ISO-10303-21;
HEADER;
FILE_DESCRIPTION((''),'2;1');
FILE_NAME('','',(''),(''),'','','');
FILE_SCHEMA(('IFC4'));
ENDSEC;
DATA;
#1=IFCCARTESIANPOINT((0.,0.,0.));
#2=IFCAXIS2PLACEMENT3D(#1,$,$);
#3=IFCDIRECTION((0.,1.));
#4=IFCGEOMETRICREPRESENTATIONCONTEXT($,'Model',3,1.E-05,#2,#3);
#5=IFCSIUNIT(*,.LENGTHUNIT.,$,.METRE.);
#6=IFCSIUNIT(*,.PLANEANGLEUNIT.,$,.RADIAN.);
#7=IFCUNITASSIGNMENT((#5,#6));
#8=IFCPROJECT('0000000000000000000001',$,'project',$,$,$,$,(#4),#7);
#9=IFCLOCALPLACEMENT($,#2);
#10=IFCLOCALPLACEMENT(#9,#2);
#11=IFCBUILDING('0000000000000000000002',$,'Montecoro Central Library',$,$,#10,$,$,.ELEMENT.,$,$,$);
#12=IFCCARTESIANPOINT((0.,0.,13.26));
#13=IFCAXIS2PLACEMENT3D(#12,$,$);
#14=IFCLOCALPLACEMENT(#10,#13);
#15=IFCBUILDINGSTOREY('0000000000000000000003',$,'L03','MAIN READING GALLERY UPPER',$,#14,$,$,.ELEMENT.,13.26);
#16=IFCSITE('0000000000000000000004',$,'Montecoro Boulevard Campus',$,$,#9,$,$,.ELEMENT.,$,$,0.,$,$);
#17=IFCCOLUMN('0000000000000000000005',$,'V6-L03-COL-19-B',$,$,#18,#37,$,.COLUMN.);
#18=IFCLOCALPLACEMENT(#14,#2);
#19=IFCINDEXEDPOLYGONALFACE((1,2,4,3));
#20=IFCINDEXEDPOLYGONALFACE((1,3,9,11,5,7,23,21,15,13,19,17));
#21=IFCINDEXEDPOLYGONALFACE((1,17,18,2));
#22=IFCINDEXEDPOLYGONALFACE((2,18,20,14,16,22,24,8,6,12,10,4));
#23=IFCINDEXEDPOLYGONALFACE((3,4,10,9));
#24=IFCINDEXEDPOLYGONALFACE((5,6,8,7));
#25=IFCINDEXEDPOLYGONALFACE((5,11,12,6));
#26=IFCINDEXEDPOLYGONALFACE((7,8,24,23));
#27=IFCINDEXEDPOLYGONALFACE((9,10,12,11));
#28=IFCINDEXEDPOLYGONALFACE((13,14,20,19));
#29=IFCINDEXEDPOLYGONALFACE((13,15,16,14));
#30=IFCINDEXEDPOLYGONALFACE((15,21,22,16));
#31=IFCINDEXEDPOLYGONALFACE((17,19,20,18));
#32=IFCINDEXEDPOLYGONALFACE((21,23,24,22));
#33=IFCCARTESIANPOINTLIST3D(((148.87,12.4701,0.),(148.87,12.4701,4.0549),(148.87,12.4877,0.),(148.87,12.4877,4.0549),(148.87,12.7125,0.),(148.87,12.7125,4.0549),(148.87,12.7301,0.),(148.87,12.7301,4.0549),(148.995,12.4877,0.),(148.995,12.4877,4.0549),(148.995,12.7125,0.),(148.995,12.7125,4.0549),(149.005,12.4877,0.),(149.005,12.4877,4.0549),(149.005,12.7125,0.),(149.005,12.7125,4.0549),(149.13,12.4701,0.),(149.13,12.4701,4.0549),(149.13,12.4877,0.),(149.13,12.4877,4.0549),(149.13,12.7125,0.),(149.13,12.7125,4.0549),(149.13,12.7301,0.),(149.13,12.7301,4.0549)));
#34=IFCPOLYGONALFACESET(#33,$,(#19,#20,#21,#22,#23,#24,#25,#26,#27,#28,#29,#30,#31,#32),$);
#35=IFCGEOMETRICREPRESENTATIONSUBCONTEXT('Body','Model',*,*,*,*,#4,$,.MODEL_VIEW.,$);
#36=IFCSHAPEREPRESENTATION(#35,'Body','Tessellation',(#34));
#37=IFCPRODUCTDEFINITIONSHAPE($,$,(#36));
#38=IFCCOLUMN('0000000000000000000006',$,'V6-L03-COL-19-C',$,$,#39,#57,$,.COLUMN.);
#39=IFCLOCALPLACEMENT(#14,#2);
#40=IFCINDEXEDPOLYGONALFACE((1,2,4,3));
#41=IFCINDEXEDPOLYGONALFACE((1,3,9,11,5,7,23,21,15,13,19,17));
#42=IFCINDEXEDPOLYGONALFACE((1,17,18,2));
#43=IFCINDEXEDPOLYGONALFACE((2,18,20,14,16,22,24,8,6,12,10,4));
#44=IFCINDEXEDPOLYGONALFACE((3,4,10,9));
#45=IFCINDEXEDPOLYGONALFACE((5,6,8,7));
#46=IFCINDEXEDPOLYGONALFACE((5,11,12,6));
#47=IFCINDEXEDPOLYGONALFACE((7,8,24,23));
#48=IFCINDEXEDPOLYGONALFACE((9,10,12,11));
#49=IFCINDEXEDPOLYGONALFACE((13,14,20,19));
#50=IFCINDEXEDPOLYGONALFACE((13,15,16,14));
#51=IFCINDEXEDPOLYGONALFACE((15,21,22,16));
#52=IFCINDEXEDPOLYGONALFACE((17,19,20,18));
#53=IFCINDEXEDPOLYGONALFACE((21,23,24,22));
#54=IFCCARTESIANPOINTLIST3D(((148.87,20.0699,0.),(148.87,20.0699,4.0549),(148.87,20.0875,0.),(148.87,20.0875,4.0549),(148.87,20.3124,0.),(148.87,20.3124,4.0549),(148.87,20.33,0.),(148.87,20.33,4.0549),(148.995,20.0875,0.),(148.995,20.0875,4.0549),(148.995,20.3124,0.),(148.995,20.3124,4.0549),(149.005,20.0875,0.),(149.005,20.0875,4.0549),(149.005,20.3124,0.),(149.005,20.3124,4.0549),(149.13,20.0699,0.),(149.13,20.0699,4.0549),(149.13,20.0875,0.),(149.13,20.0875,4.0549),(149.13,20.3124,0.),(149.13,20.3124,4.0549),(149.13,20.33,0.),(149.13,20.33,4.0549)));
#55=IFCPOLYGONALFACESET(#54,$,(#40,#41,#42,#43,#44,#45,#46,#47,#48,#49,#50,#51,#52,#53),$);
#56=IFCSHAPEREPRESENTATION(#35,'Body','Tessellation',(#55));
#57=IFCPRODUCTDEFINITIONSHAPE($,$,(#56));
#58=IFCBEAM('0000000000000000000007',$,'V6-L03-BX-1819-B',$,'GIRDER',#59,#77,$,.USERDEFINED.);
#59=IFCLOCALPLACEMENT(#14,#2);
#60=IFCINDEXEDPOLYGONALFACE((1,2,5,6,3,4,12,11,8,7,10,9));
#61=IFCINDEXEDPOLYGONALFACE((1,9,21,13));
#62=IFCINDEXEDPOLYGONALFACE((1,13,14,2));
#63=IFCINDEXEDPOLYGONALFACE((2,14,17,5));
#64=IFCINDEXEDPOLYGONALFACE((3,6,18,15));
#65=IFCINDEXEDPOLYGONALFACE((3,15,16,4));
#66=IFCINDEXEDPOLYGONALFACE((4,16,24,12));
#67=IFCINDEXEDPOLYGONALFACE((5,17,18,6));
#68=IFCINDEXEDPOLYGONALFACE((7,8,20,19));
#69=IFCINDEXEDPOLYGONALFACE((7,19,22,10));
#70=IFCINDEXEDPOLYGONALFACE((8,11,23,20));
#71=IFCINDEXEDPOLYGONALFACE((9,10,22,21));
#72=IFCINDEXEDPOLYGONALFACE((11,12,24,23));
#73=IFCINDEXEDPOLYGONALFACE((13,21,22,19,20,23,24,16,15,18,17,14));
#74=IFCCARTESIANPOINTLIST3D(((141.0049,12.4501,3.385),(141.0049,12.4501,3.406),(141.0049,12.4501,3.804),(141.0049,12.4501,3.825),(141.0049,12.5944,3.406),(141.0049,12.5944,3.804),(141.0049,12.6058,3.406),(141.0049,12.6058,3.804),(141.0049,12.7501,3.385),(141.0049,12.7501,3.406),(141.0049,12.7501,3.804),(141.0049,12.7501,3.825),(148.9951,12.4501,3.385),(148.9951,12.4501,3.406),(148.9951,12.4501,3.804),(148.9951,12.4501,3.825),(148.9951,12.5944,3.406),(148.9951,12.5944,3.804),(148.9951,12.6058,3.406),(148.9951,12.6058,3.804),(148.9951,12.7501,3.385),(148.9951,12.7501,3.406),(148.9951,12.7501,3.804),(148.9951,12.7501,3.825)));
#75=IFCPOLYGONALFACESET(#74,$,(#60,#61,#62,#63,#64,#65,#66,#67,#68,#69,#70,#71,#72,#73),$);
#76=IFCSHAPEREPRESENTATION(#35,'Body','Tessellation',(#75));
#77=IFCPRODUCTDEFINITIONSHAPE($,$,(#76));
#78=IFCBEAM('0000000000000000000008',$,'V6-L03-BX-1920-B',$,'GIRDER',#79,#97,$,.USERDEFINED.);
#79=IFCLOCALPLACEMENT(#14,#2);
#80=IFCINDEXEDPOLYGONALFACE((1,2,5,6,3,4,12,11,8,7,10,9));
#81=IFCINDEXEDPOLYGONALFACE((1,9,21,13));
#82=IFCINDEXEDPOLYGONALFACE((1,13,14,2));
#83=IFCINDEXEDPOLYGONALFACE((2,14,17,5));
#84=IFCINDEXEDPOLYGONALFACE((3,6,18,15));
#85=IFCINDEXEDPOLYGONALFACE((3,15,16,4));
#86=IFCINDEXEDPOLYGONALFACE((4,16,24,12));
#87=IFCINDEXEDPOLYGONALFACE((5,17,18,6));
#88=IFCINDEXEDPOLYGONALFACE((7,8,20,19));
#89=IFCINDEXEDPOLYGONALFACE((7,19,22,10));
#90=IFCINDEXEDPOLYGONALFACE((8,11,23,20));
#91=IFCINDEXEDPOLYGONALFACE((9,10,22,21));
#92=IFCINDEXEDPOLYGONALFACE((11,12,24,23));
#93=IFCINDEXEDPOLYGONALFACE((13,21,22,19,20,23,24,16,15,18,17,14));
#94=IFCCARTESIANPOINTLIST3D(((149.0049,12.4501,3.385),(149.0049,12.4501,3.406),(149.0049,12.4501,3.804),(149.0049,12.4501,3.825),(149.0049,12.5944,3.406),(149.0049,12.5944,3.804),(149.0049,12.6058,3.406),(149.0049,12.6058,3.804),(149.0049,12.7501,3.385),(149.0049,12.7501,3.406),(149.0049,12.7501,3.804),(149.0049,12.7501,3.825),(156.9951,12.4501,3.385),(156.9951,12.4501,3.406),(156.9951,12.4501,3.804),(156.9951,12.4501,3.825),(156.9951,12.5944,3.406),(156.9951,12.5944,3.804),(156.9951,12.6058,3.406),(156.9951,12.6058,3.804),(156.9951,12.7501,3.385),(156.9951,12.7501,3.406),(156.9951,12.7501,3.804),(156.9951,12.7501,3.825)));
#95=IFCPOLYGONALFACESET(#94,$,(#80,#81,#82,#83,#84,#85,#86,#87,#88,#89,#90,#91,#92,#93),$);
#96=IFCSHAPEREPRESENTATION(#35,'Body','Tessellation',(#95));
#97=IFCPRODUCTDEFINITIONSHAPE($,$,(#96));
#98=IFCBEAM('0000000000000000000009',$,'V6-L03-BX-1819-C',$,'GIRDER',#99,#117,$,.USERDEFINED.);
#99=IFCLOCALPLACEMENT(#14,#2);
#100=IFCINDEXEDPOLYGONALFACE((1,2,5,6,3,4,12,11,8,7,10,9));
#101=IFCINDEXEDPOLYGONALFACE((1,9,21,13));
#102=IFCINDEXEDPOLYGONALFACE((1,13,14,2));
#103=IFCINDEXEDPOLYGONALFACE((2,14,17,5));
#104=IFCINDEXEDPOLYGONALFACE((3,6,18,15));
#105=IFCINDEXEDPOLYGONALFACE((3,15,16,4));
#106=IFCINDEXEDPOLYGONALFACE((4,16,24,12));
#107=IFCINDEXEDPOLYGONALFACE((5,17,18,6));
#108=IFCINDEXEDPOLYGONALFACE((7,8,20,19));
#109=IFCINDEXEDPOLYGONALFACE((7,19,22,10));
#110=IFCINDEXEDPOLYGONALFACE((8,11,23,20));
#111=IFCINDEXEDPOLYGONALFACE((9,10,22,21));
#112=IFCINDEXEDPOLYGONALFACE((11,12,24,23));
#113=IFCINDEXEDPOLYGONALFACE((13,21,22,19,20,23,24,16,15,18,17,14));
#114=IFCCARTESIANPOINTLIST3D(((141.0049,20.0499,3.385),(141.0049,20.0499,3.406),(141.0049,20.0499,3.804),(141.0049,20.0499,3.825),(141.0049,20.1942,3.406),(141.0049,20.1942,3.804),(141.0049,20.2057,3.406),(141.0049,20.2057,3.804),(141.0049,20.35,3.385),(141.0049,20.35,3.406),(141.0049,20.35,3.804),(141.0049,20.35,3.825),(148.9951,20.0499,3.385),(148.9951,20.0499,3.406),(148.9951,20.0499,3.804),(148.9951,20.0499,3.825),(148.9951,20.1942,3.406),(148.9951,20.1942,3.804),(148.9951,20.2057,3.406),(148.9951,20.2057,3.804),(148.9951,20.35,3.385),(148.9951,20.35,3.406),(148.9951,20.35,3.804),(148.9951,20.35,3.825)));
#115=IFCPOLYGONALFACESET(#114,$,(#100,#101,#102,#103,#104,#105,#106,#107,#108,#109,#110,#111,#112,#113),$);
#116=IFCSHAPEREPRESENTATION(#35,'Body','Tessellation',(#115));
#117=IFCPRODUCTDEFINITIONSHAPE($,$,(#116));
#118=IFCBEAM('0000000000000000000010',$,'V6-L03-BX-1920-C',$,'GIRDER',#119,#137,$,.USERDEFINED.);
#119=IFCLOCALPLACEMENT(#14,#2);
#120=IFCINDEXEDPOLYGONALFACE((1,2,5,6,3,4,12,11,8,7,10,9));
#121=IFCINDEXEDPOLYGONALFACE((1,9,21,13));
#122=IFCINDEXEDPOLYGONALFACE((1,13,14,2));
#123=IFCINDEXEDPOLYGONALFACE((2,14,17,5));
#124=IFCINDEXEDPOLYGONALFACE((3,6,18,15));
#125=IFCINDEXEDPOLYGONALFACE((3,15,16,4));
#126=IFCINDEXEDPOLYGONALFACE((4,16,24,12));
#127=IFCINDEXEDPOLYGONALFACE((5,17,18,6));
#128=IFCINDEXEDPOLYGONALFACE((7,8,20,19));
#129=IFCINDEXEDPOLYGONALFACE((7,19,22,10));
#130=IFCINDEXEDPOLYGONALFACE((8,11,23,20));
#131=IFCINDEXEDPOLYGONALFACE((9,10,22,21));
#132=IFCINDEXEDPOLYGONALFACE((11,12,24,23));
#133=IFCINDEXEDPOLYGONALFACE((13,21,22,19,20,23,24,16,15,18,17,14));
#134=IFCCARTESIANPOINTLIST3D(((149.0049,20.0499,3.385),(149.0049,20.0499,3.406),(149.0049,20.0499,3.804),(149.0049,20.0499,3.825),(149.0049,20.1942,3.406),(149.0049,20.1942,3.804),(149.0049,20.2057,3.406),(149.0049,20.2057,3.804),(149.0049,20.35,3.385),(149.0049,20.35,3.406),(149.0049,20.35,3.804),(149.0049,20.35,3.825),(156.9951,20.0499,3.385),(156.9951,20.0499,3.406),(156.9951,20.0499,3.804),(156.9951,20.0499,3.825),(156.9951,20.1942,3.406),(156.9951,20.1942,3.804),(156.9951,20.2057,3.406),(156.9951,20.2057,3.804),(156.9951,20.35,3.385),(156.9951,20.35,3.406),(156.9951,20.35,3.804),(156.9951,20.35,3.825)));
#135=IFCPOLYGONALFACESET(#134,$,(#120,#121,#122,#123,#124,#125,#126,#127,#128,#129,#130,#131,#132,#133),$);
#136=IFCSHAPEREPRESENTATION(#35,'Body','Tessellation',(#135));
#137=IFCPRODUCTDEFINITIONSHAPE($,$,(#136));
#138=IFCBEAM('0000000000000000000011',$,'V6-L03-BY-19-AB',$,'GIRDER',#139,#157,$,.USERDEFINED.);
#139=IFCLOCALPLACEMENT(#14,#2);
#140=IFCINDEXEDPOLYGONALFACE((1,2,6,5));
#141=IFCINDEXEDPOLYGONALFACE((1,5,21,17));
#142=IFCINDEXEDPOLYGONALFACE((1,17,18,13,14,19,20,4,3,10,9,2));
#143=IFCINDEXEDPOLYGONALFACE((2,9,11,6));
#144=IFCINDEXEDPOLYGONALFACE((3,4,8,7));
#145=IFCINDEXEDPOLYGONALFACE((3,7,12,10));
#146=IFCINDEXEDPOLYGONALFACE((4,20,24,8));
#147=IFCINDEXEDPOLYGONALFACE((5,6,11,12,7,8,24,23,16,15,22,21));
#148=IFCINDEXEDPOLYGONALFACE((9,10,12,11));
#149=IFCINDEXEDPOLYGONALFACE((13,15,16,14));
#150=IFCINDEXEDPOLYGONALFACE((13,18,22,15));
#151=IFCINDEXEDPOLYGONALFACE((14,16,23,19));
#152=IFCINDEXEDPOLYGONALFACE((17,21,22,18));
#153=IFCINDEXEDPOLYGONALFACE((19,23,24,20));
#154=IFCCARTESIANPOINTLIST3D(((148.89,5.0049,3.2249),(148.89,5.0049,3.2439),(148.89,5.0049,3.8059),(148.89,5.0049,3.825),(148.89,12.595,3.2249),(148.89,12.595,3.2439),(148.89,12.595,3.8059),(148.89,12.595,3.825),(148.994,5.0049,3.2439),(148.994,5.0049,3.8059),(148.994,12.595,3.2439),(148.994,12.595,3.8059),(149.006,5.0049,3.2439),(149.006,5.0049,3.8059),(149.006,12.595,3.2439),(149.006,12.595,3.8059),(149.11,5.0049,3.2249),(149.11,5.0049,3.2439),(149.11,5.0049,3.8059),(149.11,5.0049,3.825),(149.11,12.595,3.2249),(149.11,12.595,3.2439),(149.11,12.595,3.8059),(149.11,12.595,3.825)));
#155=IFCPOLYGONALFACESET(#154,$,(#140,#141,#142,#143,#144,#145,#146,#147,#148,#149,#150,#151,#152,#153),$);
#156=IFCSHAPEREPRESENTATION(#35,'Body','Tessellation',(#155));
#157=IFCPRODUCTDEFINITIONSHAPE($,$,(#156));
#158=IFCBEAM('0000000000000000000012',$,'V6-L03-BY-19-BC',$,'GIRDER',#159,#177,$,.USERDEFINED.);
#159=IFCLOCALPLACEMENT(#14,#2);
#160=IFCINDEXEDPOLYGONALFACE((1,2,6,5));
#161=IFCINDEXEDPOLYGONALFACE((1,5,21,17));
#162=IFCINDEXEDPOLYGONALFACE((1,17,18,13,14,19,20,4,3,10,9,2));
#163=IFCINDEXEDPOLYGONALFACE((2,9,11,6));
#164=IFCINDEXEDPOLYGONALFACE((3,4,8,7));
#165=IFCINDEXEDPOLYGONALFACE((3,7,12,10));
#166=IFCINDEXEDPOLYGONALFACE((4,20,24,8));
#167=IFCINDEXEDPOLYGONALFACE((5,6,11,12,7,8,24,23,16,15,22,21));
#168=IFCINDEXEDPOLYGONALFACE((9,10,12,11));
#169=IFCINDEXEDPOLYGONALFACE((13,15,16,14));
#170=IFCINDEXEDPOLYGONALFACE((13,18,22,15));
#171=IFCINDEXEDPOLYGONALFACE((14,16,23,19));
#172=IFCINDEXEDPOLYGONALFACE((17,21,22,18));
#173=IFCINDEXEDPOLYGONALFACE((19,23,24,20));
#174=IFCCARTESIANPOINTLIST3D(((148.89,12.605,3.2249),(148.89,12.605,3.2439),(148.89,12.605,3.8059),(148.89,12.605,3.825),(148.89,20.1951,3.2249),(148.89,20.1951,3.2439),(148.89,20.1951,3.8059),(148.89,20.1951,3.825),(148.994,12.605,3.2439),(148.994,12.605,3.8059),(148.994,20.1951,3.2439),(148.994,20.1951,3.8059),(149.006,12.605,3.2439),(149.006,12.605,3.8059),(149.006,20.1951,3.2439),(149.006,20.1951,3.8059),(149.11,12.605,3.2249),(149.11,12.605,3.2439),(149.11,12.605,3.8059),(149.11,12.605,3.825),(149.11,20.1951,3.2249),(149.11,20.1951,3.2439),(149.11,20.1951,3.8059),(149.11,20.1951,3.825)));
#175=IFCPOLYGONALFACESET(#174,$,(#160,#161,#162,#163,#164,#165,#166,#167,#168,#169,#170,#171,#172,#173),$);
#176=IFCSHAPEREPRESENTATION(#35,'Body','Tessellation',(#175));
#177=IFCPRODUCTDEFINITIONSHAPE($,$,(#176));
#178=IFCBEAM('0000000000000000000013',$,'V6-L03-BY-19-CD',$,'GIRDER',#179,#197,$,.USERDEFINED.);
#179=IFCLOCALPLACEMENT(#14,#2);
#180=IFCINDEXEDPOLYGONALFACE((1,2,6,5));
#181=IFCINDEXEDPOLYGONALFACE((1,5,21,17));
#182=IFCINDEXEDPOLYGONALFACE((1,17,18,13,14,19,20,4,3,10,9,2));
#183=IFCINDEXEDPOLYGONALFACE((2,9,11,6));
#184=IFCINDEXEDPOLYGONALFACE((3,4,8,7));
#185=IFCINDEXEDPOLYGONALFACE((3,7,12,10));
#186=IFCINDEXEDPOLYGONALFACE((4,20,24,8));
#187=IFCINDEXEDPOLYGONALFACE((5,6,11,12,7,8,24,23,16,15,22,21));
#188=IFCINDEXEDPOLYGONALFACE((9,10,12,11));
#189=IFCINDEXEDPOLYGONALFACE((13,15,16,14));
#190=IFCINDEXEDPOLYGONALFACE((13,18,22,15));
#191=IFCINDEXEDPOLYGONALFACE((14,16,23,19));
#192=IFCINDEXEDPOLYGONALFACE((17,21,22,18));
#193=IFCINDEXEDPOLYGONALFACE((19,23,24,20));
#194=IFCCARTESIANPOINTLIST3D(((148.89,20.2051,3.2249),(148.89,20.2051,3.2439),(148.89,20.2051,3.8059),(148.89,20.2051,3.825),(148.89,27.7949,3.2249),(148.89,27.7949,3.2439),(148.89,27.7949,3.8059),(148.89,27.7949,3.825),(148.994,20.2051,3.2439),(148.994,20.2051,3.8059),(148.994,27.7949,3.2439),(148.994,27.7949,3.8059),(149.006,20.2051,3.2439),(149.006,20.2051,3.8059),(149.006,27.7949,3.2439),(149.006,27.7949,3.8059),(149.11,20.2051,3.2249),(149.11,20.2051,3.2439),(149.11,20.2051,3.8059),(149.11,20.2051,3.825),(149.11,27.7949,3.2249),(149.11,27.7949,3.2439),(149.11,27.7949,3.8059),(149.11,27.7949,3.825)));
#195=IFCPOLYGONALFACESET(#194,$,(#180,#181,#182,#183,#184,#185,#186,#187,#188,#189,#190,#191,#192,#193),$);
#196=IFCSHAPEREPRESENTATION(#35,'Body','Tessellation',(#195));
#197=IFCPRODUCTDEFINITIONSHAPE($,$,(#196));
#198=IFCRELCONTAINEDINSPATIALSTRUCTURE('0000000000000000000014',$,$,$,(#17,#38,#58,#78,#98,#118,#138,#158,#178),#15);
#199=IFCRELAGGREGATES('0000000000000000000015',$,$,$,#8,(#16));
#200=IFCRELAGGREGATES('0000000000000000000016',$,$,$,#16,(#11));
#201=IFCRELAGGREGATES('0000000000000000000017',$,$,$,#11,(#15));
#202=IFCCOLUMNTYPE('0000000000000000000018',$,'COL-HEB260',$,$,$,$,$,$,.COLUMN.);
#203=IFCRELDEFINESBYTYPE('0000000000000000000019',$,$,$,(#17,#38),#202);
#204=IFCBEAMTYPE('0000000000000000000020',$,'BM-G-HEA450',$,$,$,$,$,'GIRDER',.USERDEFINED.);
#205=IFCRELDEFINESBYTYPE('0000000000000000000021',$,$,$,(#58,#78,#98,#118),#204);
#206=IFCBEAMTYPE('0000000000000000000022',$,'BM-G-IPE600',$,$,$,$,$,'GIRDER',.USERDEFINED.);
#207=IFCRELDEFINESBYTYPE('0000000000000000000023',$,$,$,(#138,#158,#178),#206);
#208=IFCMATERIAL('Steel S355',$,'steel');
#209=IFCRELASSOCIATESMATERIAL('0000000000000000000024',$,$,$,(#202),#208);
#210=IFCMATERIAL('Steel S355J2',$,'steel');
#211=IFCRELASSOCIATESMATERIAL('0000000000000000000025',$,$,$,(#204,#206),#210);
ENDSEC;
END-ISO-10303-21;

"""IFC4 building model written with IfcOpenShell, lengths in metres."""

from ifc_helpers import new_model, si_unit, direction, frame, origin, origin_2d, place, context, subcontext, project, spatial, i_section, extrude, material, material_profile, profile_set, type_object, element, save


model = new_model("IFC4")

# Units and contexts
model_context = context("Model", 3, precision=1e-05, world=origin(), true_north=direction((0.0, 1.0)))
body_context = subcontext(model_context, "Body", "Model", "MODEL_VIEW")
ifc_project = project(units=[si_unit("LENGTHUNIT", "METRE"), si_unit("PLANEANGLEUNIT", "RADIAN")], contexts=[model_context])

# Site, building, storey
site_placement = place(None, origin())
site = spatial("IfcSite", under=ifc_project, at=site_placement, Name="Montecoro Boulevard Campus", CompositionType="ELEMENT", RefElevation=0.0)
building_placement = place(site_placement, origin())
building = spatial("IfcBuilding", under=site, at=building_placement, Name="Montecoro Central Library", CompositionType="ELEMENT")
storey_placement = place(building_placement, frame((0.0, 0.0, 13.26)))
storey = spatial("IfcBuildingStorey", under=building, at=storey_placement, Name="L03", Description="MAIN READING GALLERY UPPER", CompositionType="ELEMENT", Elevation=13.26)

# Columns
ifc_material_1 = material(Name="Steel S355", Category="steel")
ifc_material_profile_1 = material_profile(ifc_material_1, i_section(OverallWidth=0.26, OverallDepth=0.26, WebThickness=0.01, FlangeThickness=0.0176, at=origin_2d()), Name="HEB 260")
ifc_profile_set_1 = profile_set([ifc_material_profile_1], Name="Steel S355")
column_type = type_object("IfcColumnType", Name="COL-HEB260", PredefinedType="COLUMN", material=ifc_profile_set_1)
for number, where, z_axis, x_axis, name in (
    (1, (149.0, 12.6001, 0.0), (0.0, 0.0, 1.0), (1.0, 0.0, 0.0), "V6-L03-COL-19-B"),
    (2, (149.0, 20.2, 0.0), (0.0, 0.0, 1.0), (1.0, 0.0, 0.0), "V6-L03-COL-19-C"),
):
    element("IfcColumn", number, at=place(storey_placement, frame(where, z_axis=z_axis, x_axis=x_axis)), inside=storey, type_object=column_type, Name=name, PredefinedType="COLUMN", context=body_context, shape_type="SweptSolid", body=[
        extrude(i_section(OverallWidth=0.26, OverallDepth=0.26, WebThickness=0.01, FlangeThickness=0.0176, at=origin_2d()), origin(), (0.0, 0.0, 1.0), 4.0549),
    ])

# Beams
ifc_material_2 = material(Name="Steel S355J2", Category="steel")
ifc_material_profile_2 = material_profile(ifc_material_2, i_section(OverallWidth=0.3, OverallDepth=0.4399, WebThickness=0.0115, FlangeThickness=0.021, at=origin_2d()), Name="HEA 450")
ifc_profile_set_2 = profile_set([ifc_material_profile_2], Name="Steel S355J2")
beam_type_1 = type_object("IfcBeamType", Name="BM-G-HEA450", ElementType="GIRDER", PredefinedType="USERDEFINED", material=ifc_profile_set_2)
for number, where, z_axis, x_axis, name in (
    (3, (141.0049, 12.6001, 3.605), (1.0, 0.0, 0.0), (0.0, 1.0, 0.0), "V6-L03-BX-1819-B"),
    (4, (149.0049, 12.6001, 3.605), (1.0, 0.0, 0.0), (0.0, 1.0, 0.0), "V6-L03-BX-1920-B"),
    (5, (141.0049, 20.2, 3.605), (1.0, 0.0, 0.0), (0.0, 1.0, 0.0), "V6-L03-BX-1819-C"),
    (6, (149.0049, 20.2, 3.605), (1.0, 0.0, 0.0), (0.0, 1.0, 0.0), "V6-L03-BX-1920-C"),
):
    element("IfcBeam", number, at=place(storey_placement, frame(where, z_axis=z_axis, x_axis=x_axis)), inside=storey, type_object=beam_type_1, Name=name, ObjectType="GIRDER", PredefinedType="USERDEFINED", context=body_context, shape_type="SweptSolid", body=[
        extrude(i_section(OverallWidth=0.3, OverallDepth=0.4399, WebThickness=0.0115, FlangeThickness=0.021, at=origin_2d()), origin(), (0.0, 0.0, 1.0), 7.9902),
    ])
ifc_material_profile_3 = material_profile(ifc_material_2, i_section(OverallWidth=0.22, OverallDepth=0.6001, WebThickness=0.012, FlangeThickness=0.019, at=origin_2d()), Name="IPE 600")
ifc_profile_set_3 = profile_set([ifc_material_profile_3], Name="Steel S355J2")
beam_type_2 = type_object("IfcBeamType", Name="BM-G-IPE600", ElementType="GIRDER", PredefinedType="USERDEFINED", material=ifc_profile_set_3)
for number, where, z_axis, x_axis, name in (
    (7, (149.0, 5.0049, 3.5249), (0.0, 1.0, 0.0), (-1.0, 0.0, 0.0), "V6-L03-BY-19-AB"),
    (8, (149.0, 12.605, 3.5249), (0.0, 1.0, 0.0), (-1.0, 0.0, 0.0), "V6-L03-BY-19-BC"),
):
    element("IfcBeam", number, at=place(storey_placement, frame(where, z_axis=z_axis, x_axis=x_axis)), inside=storey, type_object=beam_type_2, Name=name, ObjectType="GIRDER", PredefinedType="USERDEFINED", context=body_context, shape_type="SweptSolid", body=[
        extrude(i_section(OverallWidth=0.22, OverallDepth=0.6001, WebThickness=0.012, FlangeThickness=0.019, at=origin_2d()), origin(), (0.0, 0.0, 1.0), 7.5901),
    ])
beam_placement = place(storey_placement, frame((149.0, 20.2051, 3.5249), z_axis=(0.0, 1.0, 0.0), x_axis=(-1.0, 0.0, 0.0)))
element("IfcBeam", 9, at=beam_placement, inside=storey, type_object=beam_type_2, Name="V6-L03-BY-19-CD", ObjectType="GIRDER", PredefinedType="USERDEFINED", context=body_context, shape_type="SweptSolid", body=[
    extrude(i_section(OverallWidth=0.22, OverallDepth=0.6001, WebThickness=0.012, FlangeThickness=0.019, at=origin_2d()), origin(), (0.0, 0.0, 1.0), 7.5898),
])

save(model, "model.ifc")
